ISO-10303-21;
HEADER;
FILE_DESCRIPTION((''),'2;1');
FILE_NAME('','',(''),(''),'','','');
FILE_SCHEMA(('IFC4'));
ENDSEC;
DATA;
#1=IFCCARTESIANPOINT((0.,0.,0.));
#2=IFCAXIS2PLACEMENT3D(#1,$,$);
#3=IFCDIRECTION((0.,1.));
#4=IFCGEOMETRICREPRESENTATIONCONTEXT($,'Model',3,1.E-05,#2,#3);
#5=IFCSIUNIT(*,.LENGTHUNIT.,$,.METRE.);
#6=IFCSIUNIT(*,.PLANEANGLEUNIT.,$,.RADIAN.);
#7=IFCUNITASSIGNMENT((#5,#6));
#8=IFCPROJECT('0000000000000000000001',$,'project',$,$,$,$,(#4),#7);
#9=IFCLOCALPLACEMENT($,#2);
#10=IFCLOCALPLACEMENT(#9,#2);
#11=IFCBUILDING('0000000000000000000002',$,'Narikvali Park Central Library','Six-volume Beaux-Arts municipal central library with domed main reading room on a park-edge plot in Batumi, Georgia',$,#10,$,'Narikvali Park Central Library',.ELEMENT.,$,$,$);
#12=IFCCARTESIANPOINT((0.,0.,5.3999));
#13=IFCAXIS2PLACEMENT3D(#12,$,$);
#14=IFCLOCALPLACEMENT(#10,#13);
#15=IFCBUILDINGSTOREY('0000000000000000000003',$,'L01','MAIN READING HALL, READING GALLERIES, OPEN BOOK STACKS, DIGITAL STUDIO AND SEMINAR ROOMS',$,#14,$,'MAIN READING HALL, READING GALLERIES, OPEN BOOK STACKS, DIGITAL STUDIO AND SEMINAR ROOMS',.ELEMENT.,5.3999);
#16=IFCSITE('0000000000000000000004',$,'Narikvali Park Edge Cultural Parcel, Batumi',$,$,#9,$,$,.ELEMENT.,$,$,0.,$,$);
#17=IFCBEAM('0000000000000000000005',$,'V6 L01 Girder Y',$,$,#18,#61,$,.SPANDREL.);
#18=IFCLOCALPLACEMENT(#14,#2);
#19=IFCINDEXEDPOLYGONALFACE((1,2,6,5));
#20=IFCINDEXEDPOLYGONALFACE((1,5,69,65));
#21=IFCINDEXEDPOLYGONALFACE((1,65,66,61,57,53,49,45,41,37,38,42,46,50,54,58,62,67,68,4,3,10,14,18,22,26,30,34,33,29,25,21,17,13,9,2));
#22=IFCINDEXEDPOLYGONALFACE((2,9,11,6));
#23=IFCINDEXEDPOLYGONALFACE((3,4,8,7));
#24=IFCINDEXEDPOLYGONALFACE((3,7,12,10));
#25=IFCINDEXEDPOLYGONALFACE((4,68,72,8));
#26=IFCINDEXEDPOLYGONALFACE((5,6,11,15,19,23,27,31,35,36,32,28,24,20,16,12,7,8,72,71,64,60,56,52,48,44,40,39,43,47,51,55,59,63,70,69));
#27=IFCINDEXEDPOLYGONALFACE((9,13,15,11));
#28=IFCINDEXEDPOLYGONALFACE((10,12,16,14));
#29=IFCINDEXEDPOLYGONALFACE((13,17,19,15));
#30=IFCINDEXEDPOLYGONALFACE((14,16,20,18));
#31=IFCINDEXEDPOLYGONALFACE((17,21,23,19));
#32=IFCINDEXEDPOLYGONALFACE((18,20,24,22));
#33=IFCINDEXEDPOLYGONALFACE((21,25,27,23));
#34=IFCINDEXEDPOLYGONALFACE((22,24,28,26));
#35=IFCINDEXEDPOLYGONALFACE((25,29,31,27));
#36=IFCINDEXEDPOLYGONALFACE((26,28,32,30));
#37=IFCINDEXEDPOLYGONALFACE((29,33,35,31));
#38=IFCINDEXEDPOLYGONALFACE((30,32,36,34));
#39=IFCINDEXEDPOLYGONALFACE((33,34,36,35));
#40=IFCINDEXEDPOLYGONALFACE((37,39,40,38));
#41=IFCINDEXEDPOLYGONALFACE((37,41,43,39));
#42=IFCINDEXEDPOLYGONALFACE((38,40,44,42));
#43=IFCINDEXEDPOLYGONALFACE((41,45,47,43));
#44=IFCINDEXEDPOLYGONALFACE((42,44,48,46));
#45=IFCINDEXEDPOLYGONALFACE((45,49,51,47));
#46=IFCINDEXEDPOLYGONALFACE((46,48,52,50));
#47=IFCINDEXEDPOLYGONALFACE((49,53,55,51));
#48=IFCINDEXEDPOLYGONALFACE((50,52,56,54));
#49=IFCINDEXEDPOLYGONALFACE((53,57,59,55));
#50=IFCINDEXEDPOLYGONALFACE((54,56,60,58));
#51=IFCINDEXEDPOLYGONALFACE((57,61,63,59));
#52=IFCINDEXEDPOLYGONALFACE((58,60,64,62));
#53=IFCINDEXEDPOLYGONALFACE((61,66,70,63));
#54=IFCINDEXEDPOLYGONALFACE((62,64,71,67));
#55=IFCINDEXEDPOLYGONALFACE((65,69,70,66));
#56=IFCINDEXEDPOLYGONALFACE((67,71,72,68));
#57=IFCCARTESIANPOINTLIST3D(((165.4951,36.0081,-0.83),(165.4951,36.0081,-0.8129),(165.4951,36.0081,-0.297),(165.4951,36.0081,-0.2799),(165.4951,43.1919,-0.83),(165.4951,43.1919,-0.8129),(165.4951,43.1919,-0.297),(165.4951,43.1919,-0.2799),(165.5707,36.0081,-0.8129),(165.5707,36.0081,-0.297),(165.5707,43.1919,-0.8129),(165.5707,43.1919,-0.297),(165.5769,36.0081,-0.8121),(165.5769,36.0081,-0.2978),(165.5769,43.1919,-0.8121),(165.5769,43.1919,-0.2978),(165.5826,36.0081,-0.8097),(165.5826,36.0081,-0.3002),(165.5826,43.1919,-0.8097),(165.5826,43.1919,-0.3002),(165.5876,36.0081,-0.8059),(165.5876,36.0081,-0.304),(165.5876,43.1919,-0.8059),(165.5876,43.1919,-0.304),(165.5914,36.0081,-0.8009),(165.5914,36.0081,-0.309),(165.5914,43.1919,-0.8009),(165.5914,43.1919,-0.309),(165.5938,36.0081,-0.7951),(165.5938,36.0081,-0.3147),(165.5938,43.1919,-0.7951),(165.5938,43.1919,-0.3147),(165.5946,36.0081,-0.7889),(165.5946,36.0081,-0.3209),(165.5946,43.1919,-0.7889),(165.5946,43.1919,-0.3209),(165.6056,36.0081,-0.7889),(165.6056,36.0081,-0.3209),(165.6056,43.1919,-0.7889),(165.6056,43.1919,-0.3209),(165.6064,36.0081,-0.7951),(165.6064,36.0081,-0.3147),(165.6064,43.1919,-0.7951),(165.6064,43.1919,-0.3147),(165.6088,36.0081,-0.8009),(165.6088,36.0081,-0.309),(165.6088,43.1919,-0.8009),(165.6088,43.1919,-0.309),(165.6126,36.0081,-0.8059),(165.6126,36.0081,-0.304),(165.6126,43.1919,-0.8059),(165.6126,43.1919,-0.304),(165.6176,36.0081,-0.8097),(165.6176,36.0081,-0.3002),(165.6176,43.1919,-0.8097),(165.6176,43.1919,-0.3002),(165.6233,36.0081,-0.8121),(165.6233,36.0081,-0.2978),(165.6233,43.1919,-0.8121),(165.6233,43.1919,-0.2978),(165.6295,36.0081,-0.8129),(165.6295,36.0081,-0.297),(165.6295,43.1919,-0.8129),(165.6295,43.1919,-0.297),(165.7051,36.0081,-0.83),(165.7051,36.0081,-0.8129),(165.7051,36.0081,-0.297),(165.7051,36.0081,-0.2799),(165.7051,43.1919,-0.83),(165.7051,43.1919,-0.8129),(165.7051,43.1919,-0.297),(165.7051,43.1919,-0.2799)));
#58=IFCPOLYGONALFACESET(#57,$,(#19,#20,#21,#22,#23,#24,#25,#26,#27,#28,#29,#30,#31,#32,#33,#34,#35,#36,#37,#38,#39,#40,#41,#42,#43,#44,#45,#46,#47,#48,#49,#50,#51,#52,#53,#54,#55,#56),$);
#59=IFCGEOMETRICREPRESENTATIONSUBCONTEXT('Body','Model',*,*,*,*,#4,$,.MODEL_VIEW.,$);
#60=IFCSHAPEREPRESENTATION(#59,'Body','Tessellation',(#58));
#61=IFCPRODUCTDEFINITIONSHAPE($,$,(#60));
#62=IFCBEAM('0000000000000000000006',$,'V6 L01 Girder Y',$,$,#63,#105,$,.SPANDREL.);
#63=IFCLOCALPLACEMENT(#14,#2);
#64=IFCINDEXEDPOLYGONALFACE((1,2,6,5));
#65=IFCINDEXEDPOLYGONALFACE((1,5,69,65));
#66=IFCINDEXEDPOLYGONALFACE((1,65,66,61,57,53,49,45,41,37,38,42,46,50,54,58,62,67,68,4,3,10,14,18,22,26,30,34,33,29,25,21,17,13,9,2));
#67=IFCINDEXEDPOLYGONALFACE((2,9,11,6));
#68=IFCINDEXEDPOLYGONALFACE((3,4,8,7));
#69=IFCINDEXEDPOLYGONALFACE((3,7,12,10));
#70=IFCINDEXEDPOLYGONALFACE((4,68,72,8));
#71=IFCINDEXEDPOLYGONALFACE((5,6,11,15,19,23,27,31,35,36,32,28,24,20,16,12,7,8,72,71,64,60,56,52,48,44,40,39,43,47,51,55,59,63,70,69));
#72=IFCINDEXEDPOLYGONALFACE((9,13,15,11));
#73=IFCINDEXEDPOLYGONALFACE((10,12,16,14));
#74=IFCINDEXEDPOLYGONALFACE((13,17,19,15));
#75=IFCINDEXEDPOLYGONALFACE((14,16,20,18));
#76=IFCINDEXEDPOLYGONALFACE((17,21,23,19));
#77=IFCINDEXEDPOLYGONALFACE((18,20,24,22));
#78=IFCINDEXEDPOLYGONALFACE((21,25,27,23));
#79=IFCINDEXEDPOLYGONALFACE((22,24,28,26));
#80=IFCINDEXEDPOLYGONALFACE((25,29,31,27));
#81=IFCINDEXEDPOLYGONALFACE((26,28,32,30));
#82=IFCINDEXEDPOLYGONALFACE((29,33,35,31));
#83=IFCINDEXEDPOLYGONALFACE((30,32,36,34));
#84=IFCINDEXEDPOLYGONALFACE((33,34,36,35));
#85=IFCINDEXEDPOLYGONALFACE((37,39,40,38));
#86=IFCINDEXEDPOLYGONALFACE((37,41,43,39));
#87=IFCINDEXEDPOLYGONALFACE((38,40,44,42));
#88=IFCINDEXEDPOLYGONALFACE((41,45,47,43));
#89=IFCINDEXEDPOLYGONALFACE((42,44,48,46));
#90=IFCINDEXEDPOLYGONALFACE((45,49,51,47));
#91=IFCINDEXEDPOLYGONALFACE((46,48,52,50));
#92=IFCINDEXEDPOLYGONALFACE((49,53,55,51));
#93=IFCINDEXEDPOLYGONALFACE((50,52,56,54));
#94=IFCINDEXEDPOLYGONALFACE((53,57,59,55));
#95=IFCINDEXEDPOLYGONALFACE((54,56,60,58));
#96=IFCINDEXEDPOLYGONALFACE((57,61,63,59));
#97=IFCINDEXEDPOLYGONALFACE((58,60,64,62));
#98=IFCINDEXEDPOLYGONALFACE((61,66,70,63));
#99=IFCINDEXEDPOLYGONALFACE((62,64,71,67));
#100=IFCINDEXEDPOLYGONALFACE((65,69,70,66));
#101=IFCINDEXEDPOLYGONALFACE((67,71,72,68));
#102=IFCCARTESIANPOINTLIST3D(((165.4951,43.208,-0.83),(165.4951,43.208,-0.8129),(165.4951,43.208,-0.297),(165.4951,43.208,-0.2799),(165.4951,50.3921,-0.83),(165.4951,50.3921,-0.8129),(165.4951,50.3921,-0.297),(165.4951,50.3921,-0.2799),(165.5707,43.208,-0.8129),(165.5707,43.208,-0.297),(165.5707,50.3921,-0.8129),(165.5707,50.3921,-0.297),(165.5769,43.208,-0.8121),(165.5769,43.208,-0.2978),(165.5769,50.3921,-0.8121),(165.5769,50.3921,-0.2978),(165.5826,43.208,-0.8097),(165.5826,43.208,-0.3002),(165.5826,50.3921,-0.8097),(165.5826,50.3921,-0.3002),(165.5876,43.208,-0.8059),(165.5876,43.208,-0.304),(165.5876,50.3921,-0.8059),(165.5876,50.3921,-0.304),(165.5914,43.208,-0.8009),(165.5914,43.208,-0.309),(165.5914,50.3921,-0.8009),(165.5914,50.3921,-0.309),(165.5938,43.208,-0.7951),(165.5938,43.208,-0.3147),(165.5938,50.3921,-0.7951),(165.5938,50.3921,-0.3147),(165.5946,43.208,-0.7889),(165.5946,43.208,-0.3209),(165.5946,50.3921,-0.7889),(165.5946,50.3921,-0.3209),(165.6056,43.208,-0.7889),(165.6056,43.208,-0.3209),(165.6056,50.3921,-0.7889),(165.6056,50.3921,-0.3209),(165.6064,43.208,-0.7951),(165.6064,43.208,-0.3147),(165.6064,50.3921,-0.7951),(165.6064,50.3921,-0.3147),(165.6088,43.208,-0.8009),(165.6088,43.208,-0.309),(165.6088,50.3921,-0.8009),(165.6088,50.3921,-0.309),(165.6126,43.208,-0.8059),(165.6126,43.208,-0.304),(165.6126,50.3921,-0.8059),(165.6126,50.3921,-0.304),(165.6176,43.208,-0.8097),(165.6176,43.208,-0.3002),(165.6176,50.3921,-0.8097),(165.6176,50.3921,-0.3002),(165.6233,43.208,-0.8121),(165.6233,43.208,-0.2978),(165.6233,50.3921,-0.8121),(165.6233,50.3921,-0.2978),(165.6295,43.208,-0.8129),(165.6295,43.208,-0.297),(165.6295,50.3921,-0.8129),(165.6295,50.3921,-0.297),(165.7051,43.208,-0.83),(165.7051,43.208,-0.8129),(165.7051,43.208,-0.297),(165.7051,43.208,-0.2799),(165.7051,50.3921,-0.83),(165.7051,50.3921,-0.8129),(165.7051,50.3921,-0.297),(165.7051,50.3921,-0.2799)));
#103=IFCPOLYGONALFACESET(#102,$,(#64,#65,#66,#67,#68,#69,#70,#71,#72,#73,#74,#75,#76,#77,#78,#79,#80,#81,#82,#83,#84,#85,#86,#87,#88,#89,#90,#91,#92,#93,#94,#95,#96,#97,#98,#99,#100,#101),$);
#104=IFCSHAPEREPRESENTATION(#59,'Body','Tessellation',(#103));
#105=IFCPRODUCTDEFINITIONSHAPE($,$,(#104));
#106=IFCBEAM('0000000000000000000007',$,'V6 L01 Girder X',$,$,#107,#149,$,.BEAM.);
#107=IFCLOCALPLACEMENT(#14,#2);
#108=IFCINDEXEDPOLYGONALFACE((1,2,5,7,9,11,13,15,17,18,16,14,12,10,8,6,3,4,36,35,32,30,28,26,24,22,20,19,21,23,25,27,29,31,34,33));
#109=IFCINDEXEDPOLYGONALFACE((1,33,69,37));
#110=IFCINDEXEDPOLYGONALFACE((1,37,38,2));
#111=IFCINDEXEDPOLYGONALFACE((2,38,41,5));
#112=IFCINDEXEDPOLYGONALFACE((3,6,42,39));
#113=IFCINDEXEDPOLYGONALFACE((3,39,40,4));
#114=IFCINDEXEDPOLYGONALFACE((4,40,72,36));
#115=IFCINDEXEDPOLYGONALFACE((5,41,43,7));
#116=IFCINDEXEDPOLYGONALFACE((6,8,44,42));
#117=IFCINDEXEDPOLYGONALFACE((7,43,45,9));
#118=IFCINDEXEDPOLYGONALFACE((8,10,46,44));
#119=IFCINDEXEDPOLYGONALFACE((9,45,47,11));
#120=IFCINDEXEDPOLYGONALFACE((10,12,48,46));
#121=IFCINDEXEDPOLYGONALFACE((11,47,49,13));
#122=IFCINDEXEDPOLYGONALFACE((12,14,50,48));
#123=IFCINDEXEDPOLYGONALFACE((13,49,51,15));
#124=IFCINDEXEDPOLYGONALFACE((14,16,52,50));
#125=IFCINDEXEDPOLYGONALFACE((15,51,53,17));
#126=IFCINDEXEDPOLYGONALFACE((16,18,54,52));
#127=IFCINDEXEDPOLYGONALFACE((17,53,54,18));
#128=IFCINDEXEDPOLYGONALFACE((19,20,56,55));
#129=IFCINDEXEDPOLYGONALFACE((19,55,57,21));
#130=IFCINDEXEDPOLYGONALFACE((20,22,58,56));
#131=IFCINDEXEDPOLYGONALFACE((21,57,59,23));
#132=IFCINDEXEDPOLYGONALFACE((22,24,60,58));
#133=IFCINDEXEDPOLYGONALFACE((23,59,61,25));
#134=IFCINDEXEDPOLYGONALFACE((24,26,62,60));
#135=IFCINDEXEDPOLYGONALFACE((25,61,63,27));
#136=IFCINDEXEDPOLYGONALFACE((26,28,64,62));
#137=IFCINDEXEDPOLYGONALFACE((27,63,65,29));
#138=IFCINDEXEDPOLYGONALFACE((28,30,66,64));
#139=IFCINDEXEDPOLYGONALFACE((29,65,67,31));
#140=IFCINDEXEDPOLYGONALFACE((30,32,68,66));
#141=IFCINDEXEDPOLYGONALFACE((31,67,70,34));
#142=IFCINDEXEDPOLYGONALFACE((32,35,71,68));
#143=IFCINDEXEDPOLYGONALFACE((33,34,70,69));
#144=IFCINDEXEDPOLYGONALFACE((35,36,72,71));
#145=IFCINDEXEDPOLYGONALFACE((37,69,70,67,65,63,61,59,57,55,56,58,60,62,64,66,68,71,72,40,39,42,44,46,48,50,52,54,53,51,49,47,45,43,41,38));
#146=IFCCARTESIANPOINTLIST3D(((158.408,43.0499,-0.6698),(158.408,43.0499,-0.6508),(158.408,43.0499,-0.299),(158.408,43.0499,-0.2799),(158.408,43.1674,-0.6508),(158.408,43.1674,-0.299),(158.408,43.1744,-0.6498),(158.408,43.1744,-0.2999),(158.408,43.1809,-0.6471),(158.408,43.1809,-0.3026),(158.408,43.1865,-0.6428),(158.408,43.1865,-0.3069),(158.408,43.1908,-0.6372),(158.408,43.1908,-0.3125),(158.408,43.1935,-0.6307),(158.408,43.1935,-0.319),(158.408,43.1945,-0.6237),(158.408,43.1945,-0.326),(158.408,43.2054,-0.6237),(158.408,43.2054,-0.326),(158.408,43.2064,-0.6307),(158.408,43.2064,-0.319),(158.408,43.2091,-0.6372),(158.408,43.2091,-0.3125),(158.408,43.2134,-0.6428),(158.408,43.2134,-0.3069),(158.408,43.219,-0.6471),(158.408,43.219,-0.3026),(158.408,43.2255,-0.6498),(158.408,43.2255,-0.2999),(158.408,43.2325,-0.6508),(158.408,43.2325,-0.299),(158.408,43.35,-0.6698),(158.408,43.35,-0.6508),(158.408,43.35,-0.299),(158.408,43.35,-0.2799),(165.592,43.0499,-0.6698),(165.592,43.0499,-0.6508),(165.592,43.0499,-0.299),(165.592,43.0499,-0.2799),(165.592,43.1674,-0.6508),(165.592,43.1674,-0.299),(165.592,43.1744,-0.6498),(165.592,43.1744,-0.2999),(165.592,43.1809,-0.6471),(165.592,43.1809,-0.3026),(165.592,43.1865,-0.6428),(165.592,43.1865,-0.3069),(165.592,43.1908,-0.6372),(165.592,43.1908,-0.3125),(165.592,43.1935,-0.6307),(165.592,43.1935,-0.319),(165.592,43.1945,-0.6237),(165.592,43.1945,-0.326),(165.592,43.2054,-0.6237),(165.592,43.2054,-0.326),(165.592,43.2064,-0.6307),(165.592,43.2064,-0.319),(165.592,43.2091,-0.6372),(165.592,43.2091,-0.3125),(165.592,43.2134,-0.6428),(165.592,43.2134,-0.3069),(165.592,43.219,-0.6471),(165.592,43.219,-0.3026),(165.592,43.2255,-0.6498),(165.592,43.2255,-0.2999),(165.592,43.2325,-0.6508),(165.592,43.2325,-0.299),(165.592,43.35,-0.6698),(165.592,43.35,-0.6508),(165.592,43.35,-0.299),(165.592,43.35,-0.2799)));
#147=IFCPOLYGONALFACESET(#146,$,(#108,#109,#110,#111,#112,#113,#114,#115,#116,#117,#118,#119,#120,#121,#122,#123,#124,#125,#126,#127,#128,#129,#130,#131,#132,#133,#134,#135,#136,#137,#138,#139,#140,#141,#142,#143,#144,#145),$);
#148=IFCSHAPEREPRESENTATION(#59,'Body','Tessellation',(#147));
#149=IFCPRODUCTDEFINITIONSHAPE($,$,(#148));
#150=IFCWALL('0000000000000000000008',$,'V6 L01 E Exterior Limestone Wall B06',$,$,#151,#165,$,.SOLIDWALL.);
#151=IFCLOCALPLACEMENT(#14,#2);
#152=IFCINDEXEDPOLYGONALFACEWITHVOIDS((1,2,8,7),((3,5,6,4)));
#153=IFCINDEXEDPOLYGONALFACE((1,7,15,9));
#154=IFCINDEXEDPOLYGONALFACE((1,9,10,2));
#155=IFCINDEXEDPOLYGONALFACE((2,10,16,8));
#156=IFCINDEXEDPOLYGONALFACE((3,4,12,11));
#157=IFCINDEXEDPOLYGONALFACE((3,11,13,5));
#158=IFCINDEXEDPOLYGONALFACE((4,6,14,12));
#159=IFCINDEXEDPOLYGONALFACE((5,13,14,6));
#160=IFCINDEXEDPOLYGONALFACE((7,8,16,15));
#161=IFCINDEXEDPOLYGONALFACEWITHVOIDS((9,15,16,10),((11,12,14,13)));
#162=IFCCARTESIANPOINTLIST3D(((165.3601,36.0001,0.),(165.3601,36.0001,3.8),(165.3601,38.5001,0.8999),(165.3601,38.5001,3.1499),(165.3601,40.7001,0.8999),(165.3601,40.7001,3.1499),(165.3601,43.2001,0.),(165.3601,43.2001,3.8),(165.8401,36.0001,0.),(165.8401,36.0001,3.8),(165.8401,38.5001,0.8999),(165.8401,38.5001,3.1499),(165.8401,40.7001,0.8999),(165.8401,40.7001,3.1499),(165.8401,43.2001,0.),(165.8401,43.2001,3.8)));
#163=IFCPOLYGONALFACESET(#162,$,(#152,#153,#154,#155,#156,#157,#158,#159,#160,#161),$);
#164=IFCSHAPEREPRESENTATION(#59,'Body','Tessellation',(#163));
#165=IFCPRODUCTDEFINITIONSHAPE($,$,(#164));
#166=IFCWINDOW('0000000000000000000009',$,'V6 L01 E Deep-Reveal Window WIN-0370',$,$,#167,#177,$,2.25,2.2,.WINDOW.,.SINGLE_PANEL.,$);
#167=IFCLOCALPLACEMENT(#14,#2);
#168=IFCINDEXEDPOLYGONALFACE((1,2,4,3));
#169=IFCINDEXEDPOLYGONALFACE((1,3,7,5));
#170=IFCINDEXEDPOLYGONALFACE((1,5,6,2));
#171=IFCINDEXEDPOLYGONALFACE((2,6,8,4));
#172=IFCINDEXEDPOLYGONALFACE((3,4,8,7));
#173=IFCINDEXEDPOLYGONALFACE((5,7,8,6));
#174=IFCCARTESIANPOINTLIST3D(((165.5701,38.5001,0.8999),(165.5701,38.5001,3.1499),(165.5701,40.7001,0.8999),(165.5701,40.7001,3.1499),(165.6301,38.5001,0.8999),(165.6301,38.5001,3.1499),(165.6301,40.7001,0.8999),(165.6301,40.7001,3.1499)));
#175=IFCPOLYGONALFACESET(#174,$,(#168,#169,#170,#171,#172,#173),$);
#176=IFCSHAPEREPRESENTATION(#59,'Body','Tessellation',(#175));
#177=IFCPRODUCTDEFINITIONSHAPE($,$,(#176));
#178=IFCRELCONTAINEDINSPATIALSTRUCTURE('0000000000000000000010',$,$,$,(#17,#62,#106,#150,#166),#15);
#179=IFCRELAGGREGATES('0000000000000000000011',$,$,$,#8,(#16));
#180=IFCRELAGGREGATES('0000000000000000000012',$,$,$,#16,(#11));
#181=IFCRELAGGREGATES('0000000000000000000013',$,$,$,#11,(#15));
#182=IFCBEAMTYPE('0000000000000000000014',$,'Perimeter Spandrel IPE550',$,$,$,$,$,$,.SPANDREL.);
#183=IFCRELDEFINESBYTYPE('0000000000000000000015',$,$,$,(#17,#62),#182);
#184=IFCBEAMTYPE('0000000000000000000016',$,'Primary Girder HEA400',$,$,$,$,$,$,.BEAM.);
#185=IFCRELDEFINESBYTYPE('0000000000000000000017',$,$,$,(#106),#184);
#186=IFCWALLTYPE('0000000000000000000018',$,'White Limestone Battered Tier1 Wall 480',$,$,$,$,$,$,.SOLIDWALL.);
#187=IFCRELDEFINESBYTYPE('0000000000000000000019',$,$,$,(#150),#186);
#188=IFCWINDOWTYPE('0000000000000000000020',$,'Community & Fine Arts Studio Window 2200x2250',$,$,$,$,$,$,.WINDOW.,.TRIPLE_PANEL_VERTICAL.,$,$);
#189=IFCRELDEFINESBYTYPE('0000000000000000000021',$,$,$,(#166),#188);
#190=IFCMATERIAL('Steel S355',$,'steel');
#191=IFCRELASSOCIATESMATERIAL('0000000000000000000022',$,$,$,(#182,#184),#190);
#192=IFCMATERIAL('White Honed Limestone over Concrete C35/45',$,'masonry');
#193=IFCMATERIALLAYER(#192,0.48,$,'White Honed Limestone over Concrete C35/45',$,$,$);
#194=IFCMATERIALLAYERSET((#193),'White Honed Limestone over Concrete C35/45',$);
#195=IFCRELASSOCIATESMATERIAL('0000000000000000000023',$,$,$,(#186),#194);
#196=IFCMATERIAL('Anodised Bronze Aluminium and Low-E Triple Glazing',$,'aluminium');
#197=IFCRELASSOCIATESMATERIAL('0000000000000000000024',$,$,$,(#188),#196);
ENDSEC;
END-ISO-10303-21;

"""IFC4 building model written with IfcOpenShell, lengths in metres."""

from ifc_helpers import new_model, si_unit, direction, frame, frame_2d, origin, origin_2d, place, context, subcontext, project, spatial, rectangle, i_section, extrude, material, layer, layer_set, material_profile, profile_set, type_object, element, fill, save


model = new_model("IFC4")

# Units and contexts
model_context = context("Model", 3, precision=1e-05, world=origin(), true_north=direction((0.0, 1.0)))
body_context = subcontext(model_context, "Body", "Model", "MODEL_VIEW")
ifc_project = project(units=[si_unit("LENGTHUNIT", "METRE"), si_unit("PLANEANGLEUNIT", "RADIAN")], contexts=[model_context])

# Site, building, storey
site_placement = place(None, origin())
site = spatial("IfcSite", under=ifc_project, at=site_placement, Name="Narikvali Park Edge Cultural Parcel, Batumi", CompositionType="ELEMENT", RefElevation=0.0)
building_placement = place(site_placement, origin())
building = spatial("IfcBuilding", under=site, at=building_placement, Name="Narikvali Park Central Library", Description="Six-volume Beaux-Arts municipal central library with domed main reading room on a park-edge plot in Batumi, Georgia", LongName="Narikvali Park Central Library", CompositionType="ELEMENT")
storey_placement = place(building_placement, frame((0.0, 0.0, 5.3999)))
storey = spatial("IfcBuildingStorey", under=building, at=storey_placement, Name="L01", Description="MAIN READING HALL, READING GALLERIES, OPEN BOOK STACKS, DIGITAL STUDIO AND SEMINAR ROOMS", LongName="MAIN READING HALL, READING GALLERIES, OPEN BOOK STACKS, DIGITAL STUDIO AND SEMINAR ROOMS", CompositionType="ELEMENT", Elevation=5.3999)

# Shared definitions
ifc_material_1 = material(Name="Steel S355", Category="steel")

# Beams
ifc_material_profile_1 = material_profile(ifc_material_1, i_section(OverallWidth=0.21, OverallDepth=0.55, WebThickness=0.011, FlangeThickness=0.0171, FilletRadius=0.0239, at=origin_2d()), Name="IPE 550")
ifc_profile_set_1 = profile_set([ifc_material_profile_1], Name="Steel S355")
beam_type_1 = type_object("IfcBeamType", Name="Perimeter Spandrel IPE550", PredefinedType="SPANDREL", material=ifc_profile_set_1)
beam_1_placement = place(storey_placement, frame((165.6001, 36.0081, -0.5549), z_axis=(0.0, 1.0, 0.0), x_axis=(-1.0, 0.0, 0.0)))
element("IfcBeam", 1, at=beam_1_placement, inside=storey, type_object=beam_type_1, Name="V6 L01 Girder Y", PredefinedType="SPANDREL", context=body_context, shape_type="SweptSolid", body=[
    extrude(i_section(OverallWidth=0.21, OverallDepth=0.55, WebThickness=0.011, FlangeThickness=0.0171, FilletRadius=0.0239, at=origin_2d()), origin(), (0.0, 0.0, 1.0), 7.1838),
])
beam_2_placement = place(storey_placement, frame((165.6001, 43.208, -0.5549), z_axis=(0.0, 1.0, 0.0), x_axis=(-1.0, 0.0, 0.0)))
element("IfcBeam", 2, at=beam_2_placement, inside=storey, type_object=beam_type_1, Name="V6 L01 Girder Y", PredefinedType="SPANDREL", context=body_context, shape_type="SweptSolid", body=[
    extrude(i_section(OverallWidth=0.21, OverallDepth=0.55, WebThickness=0.011, FlangeThickness=0.0171, FilletRadius=0.0239, at=origin_2d()), origin(), (0.0, 0.0, 1.0), 7.1841),
])
ifc_material_profile_2 = material_profile(ifc_material_1, i_section(OverallWidth=0.3, OverallDepth=0.3899, WebThickness=0.011, FlangeThickness=0.019, FilletRadius=0.0271, at=origin_2d()), Name="HEA 400")
ifc_profile_set_2 = profile_set([ifc_material_profile_2], Name="Steel S355")
beam_type_2 = type_object("IfcBeamType", Name="Primary Girder HEA400", PredefinedType="BEAM", material=ifc_profile_set_2)
beam_3_placement = place(storey_placement, frame((158.408, 43.2, -0.4749), z_axis=(1.0, 0.0, 0.0), x_axis=(0.0, 1.0, 0.0)))
element("IfcBeam", 3, at=beam_3_placement, inside=storey, type_object=beam_type_2, Name="V6 L01 Girder X", PredefinedType="BEAM", context=body_context, shape_type="SweptSolid", body=[
    extrude(i_section(OverallWidth=0.3, OverallDepth=0.3899, WebThickness=0.011, FlangeThickness=0.019, FilletRadius=0.0271, at=origin_2d()), origin(), (0.0, 0.0, 1.0), 7.1841),
])

# Wall, opening, window
ifc_material_2 = material(Name="White Honed Limestone over Concrete C35/45", Category="masonry")
ifc_layer_1 = layer(ifc_material_2, 0.48, Name="White Honed Limestone over Concrete C35/45")
ifc_layer_set_1 = layer_set([ifc_layer_1], Name="White Honed Limestone over Concrete C35/45")
wall_type = type_object("IfcWallType", Name="White Limestone Battered Tier1 Wall 480", PredefinedType="SOLIDWALL", material=ifc_layer_set_1)
wall_1_placement = place(storey_placement, frame((165.6001, 36.0, 0.0), z_axis=(0.0, 0.0, 1.0), x_axis=(0.0, 1.0, 0.0)))
wall_1 = element("IfcWall", 4, at=wall_1_placement, inside=storey, type_object=wall_type, Name="V6 L01 E Exterior Limestone Wall B06", PredefinedType="SOLIDWALL", context=body_context, shape_type="SweptSolid", body=[
    extrude(rectangle(XDim=7.2, YDim=0.48, at=frame_2d((3.6001, 0.0))), origin(), (0.0, 0.0, 1.0), 3.8),
])
opening_1_placement = place(wall_1_placement, frame((2.5, 0.0, 0.8999)))
opening_1 = element("IfcOpeningElement", 5, at=opening_1_placement, cuts=wall_1, PredefinedType="OPENING", context=body_context, shape_type="SweptSolid", body=[
    extrude(rectangle(XDim=2.2, YDim=2.25, at=frame_2d((1.1001, 1.125))), frame((0.0, 0.252, 0.0), z_axis=(0.0, -1.0, 0.0), x_axis=(1.0, 0.0, 0.0)), (0.0, 0.0, 1.0), 0.5039),
])
ifc_material_3 = material(Name="Anodised Bronze Aluminium and Low-E Triple Glazing", Category="aluminium")
window_type = type_object("IfcWindowType", Name="Community & Fine Arts Studio Window 2200x2250", PartitioningType="TRIPLE_PANEL_VERTICAL", PredefinedType="WINDOW", material=ifc_material_3)
window_1_placement = place(opening_1_placement, origin())
window_1 = element("IfcWindow", 6, at=window_1_placement, inside=storey, type_object=window_type, Name="V6 L01 E Deep-Reveal Window WIN-0370", OverallHeight=2.25, OverallWidth=2.2, PartitioningType="SINGLE_PANEL", PredefinedType="WINDOW", context=body_context, shape_type="SweptSolid", body=[
    extrude(rectangle(XDim=2.2, YDim=2.25, at=frame_2d((1.1001, 1.125))), frame((0.0, 0.03, 0.0), z_axis=(0.0, -1.0, 0.0), x_axis=(1.0, 0.0, 0.0)), (0.0, 0.0, 1.0), 0.0601),
])
fill(opening_1, window_1)

save(model, "model.ifc")
